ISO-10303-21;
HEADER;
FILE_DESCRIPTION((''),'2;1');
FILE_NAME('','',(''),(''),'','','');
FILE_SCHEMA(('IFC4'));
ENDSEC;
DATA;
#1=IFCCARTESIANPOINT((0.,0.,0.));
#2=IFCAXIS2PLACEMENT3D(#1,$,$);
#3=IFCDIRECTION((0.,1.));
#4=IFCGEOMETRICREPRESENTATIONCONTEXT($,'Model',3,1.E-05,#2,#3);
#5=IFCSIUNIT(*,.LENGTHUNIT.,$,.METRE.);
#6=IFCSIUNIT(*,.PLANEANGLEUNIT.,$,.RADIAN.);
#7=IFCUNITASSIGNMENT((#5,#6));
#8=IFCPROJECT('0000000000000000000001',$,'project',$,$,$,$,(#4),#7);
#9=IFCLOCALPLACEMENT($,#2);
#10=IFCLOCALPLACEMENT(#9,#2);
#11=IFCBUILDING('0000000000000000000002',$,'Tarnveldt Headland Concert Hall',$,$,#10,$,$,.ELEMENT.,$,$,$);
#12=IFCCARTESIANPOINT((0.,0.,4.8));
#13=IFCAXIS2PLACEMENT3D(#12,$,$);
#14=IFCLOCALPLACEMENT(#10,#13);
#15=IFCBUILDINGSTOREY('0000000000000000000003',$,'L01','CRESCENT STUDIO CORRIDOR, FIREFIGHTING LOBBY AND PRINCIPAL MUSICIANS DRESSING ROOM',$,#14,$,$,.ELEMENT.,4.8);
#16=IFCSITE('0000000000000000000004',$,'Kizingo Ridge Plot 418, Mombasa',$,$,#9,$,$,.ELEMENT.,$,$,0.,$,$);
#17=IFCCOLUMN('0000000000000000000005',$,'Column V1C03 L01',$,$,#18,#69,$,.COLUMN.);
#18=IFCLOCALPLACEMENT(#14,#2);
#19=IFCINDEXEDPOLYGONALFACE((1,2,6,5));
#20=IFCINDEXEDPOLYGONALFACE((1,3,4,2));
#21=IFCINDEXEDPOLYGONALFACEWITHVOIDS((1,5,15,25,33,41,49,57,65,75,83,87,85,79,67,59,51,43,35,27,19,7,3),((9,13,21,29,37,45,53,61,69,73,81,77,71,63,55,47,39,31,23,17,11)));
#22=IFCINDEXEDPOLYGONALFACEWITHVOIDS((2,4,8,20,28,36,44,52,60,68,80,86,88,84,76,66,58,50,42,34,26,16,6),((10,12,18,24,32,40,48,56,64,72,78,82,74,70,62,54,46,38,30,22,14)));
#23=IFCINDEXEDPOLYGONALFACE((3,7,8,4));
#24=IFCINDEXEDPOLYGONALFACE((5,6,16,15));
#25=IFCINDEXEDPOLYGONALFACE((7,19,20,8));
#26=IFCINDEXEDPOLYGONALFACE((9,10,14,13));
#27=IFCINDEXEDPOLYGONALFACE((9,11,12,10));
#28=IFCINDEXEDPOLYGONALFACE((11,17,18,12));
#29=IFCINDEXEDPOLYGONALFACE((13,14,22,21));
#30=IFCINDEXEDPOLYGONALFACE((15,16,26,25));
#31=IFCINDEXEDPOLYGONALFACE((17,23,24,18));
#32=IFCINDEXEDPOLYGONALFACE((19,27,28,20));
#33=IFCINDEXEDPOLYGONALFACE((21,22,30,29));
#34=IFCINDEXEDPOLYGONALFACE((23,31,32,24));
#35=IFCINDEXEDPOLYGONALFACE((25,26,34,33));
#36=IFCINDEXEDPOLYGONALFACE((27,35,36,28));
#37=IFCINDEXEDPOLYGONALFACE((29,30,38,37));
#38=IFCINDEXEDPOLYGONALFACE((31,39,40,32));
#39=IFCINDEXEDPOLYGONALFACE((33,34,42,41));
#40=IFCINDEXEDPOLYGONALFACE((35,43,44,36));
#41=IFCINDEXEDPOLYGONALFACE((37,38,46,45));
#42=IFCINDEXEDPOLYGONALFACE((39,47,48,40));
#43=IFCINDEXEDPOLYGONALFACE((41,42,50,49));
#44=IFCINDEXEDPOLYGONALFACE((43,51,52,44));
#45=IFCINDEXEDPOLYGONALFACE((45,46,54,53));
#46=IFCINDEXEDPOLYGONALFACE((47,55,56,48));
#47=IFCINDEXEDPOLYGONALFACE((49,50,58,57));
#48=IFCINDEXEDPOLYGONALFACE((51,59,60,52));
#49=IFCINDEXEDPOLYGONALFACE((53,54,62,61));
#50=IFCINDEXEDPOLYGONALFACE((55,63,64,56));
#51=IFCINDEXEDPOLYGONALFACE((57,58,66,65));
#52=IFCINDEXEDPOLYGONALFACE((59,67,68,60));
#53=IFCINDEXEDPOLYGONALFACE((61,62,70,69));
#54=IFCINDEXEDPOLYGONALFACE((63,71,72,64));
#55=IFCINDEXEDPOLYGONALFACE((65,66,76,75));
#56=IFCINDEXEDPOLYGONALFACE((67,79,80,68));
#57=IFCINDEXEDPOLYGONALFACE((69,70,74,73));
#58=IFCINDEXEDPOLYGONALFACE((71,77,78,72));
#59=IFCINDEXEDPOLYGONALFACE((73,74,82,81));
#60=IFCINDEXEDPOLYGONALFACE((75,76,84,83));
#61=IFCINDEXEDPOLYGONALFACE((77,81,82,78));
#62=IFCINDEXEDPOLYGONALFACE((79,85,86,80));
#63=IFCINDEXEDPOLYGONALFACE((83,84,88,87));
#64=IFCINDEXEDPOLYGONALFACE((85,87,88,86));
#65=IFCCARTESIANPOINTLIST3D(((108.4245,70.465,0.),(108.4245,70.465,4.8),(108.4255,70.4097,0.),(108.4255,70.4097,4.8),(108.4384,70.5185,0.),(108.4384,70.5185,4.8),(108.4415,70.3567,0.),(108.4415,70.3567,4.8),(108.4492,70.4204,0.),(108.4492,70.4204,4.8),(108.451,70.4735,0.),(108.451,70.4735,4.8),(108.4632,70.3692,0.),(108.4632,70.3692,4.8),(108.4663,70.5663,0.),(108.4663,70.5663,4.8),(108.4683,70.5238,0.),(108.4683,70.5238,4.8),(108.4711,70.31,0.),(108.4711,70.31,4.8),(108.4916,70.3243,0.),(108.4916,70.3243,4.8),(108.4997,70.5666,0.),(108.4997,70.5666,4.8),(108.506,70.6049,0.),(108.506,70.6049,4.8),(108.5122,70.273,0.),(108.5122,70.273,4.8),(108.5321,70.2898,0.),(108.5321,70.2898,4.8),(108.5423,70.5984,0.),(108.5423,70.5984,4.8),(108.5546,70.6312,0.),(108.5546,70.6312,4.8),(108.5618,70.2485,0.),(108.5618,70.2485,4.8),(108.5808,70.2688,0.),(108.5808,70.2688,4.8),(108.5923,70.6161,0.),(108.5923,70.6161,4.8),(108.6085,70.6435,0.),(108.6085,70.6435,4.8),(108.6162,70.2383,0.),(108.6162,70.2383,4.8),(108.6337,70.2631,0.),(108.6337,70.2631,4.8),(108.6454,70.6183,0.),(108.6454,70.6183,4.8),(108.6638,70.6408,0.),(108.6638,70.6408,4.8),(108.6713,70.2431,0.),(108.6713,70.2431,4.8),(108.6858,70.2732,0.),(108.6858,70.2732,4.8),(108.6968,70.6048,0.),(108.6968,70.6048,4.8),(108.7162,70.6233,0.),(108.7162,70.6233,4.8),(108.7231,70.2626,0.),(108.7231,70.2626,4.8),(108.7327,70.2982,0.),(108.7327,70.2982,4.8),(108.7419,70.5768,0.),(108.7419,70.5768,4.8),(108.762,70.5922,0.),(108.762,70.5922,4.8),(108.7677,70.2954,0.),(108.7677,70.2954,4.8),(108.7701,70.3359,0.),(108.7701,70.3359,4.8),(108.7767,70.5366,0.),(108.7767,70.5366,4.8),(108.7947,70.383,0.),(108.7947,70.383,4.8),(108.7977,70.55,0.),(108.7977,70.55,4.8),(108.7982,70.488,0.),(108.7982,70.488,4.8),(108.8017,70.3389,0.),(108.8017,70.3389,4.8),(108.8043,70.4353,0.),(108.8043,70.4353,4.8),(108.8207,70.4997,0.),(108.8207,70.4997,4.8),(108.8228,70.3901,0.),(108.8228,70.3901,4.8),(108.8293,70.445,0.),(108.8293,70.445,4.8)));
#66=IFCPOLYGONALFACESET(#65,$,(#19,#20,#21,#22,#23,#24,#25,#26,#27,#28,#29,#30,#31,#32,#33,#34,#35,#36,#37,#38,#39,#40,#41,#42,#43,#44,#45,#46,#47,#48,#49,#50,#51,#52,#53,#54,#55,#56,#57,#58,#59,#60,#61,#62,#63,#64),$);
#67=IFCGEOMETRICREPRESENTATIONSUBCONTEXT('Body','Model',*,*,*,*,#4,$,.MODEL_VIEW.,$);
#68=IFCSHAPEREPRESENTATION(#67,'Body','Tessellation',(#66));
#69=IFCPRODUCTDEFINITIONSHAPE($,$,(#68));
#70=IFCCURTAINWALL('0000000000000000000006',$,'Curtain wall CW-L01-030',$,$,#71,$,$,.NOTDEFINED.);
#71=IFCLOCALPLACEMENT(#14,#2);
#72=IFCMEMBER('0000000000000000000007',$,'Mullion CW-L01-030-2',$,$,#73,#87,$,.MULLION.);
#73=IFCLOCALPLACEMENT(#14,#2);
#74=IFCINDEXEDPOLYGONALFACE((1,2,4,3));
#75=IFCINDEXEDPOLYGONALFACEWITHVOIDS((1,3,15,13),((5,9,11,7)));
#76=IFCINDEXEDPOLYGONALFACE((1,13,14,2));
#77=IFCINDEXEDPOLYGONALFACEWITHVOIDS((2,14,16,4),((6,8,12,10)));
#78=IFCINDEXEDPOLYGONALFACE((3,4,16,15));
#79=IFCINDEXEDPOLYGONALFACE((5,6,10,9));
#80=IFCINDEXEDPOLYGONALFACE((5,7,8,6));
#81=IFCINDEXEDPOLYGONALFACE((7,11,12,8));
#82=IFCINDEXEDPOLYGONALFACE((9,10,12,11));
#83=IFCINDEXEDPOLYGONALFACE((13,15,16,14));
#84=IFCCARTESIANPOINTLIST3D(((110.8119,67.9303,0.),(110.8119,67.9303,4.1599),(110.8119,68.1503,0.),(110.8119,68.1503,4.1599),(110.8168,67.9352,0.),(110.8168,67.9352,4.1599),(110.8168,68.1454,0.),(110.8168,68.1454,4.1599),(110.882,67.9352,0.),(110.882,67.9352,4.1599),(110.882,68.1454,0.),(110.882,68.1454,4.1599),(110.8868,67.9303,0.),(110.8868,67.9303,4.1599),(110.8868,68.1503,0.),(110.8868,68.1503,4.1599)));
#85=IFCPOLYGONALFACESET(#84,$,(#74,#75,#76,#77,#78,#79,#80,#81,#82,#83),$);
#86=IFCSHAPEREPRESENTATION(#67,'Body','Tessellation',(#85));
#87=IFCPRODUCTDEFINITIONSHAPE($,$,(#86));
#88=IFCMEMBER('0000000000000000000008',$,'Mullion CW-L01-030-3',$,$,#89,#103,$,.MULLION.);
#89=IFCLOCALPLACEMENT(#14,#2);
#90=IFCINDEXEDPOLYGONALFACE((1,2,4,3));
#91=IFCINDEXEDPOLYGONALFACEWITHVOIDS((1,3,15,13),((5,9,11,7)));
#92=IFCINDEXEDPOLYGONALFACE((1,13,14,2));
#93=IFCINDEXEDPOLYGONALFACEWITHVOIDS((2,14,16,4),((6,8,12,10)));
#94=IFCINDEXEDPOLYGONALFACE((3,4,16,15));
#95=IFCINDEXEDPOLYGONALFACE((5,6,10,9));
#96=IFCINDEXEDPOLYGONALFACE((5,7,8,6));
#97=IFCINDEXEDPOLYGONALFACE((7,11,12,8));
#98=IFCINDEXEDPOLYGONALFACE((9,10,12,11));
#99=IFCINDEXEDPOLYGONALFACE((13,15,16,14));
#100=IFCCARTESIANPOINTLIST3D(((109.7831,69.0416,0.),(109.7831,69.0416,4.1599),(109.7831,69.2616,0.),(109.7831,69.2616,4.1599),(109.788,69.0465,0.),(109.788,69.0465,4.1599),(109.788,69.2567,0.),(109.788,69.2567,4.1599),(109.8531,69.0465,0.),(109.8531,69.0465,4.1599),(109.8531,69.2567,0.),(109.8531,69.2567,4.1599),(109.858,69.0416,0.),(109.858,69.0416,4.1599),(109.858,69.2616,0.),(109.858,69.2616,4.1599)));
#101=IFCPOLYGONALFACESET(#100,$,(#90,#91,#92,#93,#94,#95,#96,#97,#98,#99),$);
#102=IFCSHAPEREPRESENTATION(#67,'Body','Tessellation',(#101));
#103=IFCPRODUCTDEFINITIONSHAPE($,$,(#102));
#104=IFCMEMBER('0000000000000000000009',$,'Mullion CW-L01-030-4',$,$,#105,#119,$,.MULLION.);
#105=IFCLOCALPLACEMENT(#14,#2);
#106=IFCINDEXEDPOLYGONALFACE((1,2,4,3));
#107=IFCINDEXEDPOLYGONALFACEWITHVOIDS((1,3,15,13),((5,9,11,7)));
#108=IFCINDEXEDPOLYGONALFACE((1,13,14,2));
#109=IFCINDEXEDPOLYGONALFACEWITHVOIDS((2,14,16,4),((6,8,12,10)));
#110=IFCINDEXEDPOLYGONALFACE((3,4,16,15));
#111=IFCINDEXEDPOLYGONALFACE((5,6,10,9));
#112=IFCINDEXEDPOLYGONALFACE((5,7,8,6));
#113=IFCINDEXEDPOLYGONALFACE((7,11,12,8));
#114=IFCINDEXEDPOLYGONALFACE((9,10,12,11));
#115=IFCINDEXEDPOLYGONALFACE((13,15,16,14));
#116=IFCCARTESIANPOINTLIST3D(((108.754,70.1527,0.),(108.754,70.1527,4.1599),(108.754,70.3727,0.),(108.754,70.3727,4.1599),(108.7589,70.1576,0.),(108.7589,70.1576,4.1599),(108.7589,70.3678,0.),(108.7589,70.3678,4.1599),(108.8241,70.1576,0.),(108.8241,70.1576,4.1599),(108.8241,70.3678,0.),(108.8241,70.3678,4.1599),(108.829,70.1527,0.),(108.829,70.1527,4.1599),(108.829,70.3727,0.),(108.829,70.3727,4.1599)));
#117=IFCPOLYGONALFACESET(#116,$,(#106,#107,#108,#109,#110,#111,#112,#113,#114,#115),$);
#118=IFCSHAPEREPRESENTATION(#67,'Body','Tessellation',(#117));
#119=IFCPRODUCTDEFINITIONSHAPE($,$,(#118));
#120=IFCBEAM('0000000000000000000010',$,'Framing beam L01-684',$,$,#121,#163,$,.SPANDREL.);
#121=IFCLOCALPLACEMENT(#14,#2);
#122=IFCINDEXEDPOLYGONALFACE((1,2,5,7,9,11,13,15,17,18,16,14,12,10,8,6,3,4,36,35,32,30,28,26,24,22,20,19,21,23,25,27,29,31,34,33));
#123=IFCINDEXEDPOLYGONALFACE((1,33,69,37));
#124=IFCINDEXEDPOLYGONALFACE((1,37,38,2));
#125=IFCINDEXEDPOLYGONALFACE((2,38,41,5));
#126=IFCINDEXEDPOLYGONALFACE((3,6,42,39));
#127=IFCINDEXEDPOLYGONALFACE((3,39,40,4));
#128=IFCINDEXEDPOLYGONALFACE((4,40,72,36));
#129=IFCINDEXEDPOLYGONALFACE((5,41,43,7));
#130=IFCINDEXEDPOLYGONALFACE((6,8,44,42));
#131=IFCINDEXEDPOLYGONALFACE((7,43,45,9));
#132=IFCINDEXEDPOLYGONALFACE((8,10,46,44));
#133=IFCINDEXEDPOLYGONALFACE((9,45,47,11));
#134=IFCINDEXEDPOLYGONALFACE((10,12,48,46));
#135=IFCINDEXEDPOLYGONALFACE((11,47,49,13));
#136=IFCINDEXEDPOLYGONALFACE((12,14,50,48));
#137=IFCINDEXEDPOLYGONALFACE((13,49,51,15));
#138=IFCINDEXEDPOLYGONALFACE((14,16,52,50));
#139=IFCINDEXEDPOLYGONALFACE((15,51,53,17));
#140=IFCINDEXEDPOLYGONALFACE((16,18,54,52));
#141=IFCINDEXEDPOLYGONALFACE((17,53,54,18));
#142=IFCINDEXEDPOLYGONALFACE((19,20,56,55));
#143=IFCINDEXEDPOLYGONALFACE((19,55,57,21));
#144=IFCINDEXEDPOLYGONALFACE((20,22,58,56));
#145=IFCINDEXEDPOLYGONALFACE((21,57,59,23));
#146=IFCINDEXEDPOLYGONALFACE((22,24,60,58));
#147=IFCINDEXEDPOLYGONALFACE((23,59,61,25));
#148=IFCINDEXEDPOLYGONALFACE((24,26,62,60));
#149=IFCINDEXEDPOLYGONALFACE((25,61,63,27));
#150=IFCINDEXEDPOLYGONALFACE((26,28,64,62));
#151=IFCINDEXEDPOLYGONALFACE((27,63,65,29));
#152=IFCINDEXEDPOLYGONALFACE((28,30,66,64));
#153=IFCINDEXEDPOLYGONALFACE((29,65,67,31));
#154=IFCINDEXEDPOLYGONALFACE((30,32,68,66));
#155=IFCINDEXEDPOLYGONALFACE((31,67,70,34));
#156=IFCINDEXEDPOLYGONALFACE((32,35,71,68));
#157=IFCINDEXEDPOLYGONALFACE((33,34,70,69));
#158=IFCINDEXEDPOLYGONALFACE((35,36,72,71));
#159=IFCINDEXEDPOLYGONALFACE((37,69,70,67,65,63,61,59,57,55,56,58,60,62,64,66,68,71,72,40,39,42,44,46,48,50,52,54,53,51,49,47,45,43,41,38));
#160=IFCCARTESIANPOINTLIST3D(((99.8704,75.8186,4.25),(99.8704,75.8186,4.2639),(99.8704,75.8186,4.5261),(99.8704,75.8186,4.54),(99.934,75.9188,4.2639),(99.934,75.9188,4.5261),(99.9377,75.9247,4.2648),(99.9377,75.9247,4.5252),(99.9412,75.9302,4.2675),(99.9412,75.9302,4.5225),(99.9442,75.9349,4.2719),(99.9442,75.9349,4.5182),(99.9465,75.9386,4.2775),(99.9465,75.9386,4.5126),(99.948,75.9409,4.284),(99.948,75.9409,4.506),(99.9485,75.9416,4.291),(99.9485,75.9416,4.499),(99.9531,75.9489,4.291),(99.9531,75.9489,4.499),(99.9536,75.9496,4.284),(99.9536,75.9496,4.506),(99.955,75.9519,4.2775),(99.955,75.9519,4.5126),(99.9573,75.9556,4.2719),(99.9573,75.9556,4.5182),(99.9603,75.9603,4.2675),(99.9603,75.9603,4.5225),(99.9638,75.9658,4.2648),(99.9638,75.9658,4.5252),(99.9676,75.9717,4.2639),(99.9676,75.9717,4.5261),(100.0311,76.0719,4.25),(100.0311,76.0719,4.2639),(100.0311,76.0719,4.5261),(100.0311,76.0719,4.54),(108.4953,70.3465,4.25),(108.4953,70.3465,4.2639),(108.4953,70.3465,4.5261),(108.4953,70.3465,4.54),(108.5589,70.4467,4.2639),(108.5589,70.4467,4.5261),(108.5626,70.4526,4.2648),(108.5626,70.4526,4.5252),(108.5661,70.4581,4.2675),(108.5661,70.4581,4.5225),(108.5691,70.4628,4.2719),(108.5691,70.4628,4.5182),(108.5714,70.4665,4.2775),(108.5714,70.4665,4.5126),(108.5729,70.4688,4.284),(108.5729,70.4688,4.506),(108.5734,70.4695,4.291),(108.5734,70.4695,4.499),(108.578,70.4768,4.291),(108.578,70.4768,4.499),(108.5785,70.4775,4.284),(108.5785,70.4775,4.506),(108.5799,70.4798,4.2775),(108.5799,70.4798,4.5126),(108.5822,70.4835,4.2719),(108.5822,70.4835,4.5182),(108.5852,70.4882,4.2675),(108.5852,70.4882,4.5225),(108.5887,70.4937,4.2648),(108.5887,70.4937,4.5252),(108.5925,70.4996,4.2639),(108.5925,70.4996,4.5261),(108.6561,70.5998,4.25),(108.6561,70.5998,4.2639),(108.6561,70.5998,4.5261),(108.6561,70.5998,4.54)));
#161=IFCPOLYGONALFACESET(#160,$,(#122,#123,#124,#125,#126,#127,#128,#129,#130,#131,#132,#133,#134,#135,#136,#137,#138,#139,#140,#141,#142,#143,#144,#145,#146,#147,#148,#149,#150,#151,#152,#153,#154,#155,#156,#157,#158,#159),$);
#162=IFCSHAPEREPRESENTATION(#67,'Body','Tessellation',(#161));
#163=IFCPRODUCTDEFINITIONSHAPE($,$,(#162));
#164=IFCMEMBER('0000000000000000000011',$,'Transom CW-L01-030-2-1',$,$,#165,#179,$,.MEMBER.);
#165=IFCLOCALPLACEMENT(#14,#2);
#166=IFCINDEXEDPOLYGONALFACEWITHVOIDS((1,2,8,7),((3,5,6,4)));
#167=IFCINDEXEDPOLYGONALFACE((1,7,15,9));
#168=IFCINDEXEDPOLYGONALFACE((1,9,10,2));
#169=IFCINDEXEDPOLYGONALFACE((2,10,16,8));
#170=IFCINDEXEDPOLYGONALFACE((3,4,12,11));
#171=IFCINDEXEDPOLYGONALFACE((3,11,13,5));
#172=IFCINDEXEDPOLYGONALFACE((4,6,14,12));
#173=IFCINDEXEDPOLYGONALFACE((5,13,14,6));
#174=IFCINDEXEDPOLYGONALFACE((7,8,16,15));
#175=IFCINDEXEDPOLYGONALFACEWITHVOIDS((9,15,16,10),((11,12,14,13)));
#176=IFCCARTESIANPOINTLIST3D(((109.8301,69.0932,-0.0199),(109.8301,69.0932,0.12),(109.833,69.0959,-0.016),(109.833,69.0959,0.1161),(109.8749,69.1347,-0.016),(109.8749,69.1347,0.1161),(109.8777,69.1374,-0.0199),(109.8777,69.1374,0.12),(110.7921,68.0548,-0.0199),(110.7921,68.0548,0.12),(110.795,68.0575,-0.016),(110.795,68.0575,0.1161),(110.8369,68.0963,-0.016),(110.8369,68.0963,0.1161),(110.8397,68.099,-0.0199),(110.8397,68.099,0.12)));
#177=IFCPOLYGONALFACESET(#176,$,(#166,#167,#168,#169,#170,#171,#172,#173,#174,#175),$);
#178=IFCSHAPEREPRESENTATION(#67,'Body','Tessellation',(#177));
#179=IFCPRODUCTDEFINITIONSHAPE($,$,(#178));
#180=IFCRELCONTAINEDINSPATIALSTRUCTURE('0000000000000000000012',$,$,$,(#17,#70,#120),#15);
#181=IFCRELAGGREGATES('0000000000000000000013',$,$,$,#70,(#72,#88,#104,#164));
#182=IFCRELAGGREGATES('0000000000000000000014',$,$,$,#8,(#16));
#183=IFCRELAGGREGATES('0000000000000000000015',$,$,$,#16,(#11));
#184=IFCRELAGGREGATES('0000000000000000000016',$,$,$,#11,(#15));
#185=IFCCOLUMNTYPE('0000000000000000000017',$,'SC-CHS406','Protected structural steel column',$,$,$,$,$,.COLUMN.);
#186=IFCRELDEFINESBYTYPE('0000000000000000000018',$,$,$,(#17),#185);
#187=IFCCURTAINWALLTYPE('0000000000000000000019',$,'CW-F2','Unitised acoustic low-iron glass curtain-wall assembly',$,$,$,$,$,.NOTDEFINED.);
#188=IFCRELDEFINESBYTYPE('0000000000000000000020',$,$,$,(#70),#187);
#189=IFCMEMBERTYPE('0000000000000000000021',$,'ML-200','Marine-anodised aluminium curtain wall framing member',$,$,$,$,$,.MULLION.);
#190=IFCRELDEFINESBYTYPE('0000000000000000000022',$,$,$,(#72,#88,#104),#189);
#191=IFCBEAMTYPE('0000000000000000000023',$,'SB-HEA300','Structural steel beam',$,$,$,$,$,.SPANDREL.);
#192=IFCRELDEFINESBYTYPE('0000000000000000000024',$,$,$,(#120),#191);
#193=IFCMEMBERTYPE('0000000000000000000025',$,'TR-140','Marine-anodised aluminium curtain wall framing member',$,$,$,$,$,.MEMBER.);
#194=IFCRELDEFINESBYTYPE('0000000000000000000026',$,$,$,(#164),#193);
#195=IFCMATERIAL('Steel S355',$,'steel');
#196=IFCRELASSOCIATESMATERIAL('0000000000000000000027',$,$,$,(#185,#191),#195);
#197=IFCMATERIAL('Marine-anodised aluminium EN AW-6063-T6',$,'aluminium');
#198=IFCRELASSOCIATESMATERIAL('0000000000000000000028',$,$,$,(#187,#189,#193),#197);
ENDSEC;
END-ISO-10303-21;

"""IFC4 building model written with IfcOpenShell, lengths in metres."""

from ifc_helpers import new_model, si_unit, direction, frame, origin, origin_2d, place, context, subcontext, project, spatial, hollow_rectangle, hollow_circle, i_section, extrude, material, material_profile, profile_set, type_object, element, aggregate, save


model = new_model("IFC4")

# Units and contexts
model_context = context("Model", 3, precision=1e-05, world=origin(), true_north=direction((0.0, 1.0)))
body_context = subcontext(model_context, "Body", "Model", "MODEL_VIEW")
ifc_project = project(units=[si_unit("LENGTHUNIT", "METRE"), si_unit("PLANEANGLEUNIT", "RADIAN")], contexts=[model_context])

# Site, building, storey
site_placement = place(None, origin())
site = spatial("IfcSite", under=ifc_project, at=site_placement, Name="Kizingo Ridge Plot 418, Mombasa", CompositionType="ELEMENT", RefElevation=0.0)
building_placement = place(site_placement, origin())
building = spatial("IfcBuilding", under=site, at=building_placement, Name="Tarnveldt Headland Concert Hall", CompositionType="ELEMENT")
storey_placement = place(building_placement, frame((0.0, 0.0, 4.8)))
storey = spatial("IfcBuildingStorey", under=building, at=storey_placement, Name="L01", Description="CRESCENT STUDIO CORRIDOR, FIREFIGHTING LOBBY AND PRINCIPAL MUSICIANS DRESSING ROOM", CompositionType="ELEMENT", Elevation=4.8)

# Column
ifc_material_1 = material(Name="Steel S355", Category="steel")
ifc_material_profile_1 = material_profile(ifc_material_1, hollow_circle(Radius=0.2031, WallThickness=0.0249, at=origin_2d()), Name="CHS 406.4x25", Category="steel")
ifc_profile_set_1 = profile_set([ifc_material_profile_1], Name="Steel S355")
column_type = type_object("IfcColumnType", Name="SC-CHS406", Description="Protected structural steel column", PredefinedType="COLUMN", material=ifc_profile_set_1)
column_placement = place(storey_placement, frame((108.6262, 70.4412, 0.0), z_axis=(0.0, 0.0, 1.0), x_axis=(0.844421, 0.535679, 0.0)))
element("IfcColumn", 1, at=column_placement, inside=storey, type_object=column_type, Name="Column V1C03 L01", PredefinedType="COLUMN", context=body_context, shape_type="SweptSolid", body=[
    extrude(hollow_circle(Radius=0.2031, WallThickness=0.0249, at=origin_2d()), origin(), (0.0, 0.0, 1.0), 4.8),
])

# Curtain wall, members
ifc_material_2 = material(Name="Marine-anodised aluminium EN AW-6063-T6", Category="aluminium")
curtain_wall_type = type_object("IfcCurtainWallType", Name="CW-F2", Description="Unitised acoustic low-iron glass curtain-wall assembly", PredefinedType="NOTDEFINED", material=ifc_material_2)
curtain_wall_placement = place(storey_placement, origin())
curtain_wall = element("IfcCurtainWall", 2, at=curtain_wall_placement, inside=storey, type_object=curtain_wall_type, Name="Curtain wall CW-L01-030", PredefinedType="NOTDEFINED")
ifc_material_profile_2 = material_profile(ifc_material_2, hollow_rectangle(XDim=0.075, YDim=0.22, WallThickness=0.0049, at=origin_2d()), Name="ALU MULLION 75x220x5", Category="aluminium")
ifc_profile_set_2 = profile_set([ifc_material_profile_2], Name="Marine-anodised aluminium EN AW-6063-T6")
member_type_1 = type_object("IfcMemberType", Name="ML-200", Description="Marine-anodised aluminium curtain wall framing member", PredefinedType="MULLION", material=ifc_profile_set_2)
member_1_placement = place(storey_placement, frame((110.8494, 68.0403, 0.0), z_axis=(0.0, 0.0, 1.0), x_axis=(1.0, 0.0, 0.0)))
member_1 = element("IfcMember", 3, at=member_1_placement, type_object=member_type_1, Name="Mullion CW-L01-030-2", PredefinedType="MULLION", context=body_context, shape_type="SweptSolid", body=[
    extrude(hollow_rectangle(XDim=0.075, YDim=0.22, WallThickness=0.0049, at=origin_2d()), origin(), (0.0, 0.0, 1.0), 4.1599),
])
member_2_placement = place(storey_placement, frame((109.8206, 69.1516, 0.0), z_axis=(0.0, 0.0, 1.0), x_axis=(1.0, 0.0, 0.0)))
member_2 = element("IfcMember", 4, at=member_2_placement, type_object=member_type_1, Name="Mullion CW-L01-030-3", PredefinedType="MULLION", context=body_context, shape_type="SweptSolid", body=[
    extrude(hollow_rectangle(XDim=0.075, YDim=0.22, WallThickness=0.0049, at=origin_2d()), origin(), (0.0, 0.0, 1.0), 4.1599),
])
member_3_placement = place(storey_placement, frame((108.7915, 70.2627, 0.0), z_axis=(0.0, 0.0, 1.0), x_axis=(1.0, 0.0, 0.0)))
member_3 = element("IfcMember", 5, at=member_3_placement, type_object=member_type_1, Name="Mullion CW-L01-030-4", PredefinedType="MULLION", context=body_context, shape_type="SweptSolid", body=[
    extrude(hollow_rectangle(XDim=0.075, YDim=0.22, WallThickness=0.0049, at=origin_2d()), origin(), (0.0, 0.0, 1.0), 4.1599),
])

# Beam
ifc_material_profile_3 = material_profile(ifc_material_1, i_section(OverallWidth=0.3, OverallDepth=0.29, WebThickness=0.0085, FlangeThickness=0.0139, FilletRadius=0.0271, at=origin_2d()), Name="HEA300", Category="steel")
ifc_profile_set_3 = profile_set([ifc_material_profile_3], Name="Steel S355")
beam_type = type_object("IfcBeamType", Name="SB-HEA300", Description="Structural steel beam", PredefinedType="SPANDREL", material=ifc_profile_set_3)
beam_placement = place(storey_placement, frame((108.5757, 70.4731, 4.395), z_axis=(-0.844391, 0.535727, 0.0), x_axis=(-0.535727, -0.844391, 0.0)))
element("IfcBeam", 6, at=beam_placement, inside=storey, type_object=beam_type, Name="Framing beam L01-684", PredefinedType="SPANDREL", context=body_context, shape_type="SweptSolid", body=[
    extrude(i_section(OverallWidth=0.3, OverallDepth=0.29, WebThickness=0.0085, FlangeThickness=0.0139, FilletRadius=0.0271, at=origin_2d()), origin(), (0.0, 0.0, 1.0), 10.2144),
])

# Member
ifc_material_profile_4 = material_profile(ifc_material_2, hollow_rectangle(XDim=0.0649, YDim=0.1399, WallThickness=0.0039, at=origin_2d()), Name="ALU TRANSOM 65x140x4", Category="aluminium")
ifc_profile_set_4 = profile_set([ifc_material_profile_4], Name="Marine-anodised aluminium EN AW-6063-T6")
member_type_2 = type_object("IfcMemberType", Name="TR-140", Description="Marine-anodised aluminium curtain wall framing member", PredefinedType="MEMBER", material=ifc_profile_set_4)
member_4_placement = place(storey_placement, frame((110.8159, 68.0769, 0.05), z_axis=(-0.679597, 0.733585, 0.0), x_axis=(-0.733585, -0.679597, 0.0)))
member_4 = element("IfcMember", 7, at=member_4_placement, type_object=member_type_2, Name="Transom CW-L01-030-2-1", PredefinedType="MEMBER", context=body_context, shape_type="SweptSolid", body=[
    extrude(hollow_rectangle(XDim=0.0649, YDim=0.1399, WallThickness=0.0039, at=origin_2d()), origin(), (0.0, 0.0, 1.0), 1.4155),
])

aggregate(curtain_wall, [member_1, member_2, member_3, member_4])

save(model, "model.ifc")
